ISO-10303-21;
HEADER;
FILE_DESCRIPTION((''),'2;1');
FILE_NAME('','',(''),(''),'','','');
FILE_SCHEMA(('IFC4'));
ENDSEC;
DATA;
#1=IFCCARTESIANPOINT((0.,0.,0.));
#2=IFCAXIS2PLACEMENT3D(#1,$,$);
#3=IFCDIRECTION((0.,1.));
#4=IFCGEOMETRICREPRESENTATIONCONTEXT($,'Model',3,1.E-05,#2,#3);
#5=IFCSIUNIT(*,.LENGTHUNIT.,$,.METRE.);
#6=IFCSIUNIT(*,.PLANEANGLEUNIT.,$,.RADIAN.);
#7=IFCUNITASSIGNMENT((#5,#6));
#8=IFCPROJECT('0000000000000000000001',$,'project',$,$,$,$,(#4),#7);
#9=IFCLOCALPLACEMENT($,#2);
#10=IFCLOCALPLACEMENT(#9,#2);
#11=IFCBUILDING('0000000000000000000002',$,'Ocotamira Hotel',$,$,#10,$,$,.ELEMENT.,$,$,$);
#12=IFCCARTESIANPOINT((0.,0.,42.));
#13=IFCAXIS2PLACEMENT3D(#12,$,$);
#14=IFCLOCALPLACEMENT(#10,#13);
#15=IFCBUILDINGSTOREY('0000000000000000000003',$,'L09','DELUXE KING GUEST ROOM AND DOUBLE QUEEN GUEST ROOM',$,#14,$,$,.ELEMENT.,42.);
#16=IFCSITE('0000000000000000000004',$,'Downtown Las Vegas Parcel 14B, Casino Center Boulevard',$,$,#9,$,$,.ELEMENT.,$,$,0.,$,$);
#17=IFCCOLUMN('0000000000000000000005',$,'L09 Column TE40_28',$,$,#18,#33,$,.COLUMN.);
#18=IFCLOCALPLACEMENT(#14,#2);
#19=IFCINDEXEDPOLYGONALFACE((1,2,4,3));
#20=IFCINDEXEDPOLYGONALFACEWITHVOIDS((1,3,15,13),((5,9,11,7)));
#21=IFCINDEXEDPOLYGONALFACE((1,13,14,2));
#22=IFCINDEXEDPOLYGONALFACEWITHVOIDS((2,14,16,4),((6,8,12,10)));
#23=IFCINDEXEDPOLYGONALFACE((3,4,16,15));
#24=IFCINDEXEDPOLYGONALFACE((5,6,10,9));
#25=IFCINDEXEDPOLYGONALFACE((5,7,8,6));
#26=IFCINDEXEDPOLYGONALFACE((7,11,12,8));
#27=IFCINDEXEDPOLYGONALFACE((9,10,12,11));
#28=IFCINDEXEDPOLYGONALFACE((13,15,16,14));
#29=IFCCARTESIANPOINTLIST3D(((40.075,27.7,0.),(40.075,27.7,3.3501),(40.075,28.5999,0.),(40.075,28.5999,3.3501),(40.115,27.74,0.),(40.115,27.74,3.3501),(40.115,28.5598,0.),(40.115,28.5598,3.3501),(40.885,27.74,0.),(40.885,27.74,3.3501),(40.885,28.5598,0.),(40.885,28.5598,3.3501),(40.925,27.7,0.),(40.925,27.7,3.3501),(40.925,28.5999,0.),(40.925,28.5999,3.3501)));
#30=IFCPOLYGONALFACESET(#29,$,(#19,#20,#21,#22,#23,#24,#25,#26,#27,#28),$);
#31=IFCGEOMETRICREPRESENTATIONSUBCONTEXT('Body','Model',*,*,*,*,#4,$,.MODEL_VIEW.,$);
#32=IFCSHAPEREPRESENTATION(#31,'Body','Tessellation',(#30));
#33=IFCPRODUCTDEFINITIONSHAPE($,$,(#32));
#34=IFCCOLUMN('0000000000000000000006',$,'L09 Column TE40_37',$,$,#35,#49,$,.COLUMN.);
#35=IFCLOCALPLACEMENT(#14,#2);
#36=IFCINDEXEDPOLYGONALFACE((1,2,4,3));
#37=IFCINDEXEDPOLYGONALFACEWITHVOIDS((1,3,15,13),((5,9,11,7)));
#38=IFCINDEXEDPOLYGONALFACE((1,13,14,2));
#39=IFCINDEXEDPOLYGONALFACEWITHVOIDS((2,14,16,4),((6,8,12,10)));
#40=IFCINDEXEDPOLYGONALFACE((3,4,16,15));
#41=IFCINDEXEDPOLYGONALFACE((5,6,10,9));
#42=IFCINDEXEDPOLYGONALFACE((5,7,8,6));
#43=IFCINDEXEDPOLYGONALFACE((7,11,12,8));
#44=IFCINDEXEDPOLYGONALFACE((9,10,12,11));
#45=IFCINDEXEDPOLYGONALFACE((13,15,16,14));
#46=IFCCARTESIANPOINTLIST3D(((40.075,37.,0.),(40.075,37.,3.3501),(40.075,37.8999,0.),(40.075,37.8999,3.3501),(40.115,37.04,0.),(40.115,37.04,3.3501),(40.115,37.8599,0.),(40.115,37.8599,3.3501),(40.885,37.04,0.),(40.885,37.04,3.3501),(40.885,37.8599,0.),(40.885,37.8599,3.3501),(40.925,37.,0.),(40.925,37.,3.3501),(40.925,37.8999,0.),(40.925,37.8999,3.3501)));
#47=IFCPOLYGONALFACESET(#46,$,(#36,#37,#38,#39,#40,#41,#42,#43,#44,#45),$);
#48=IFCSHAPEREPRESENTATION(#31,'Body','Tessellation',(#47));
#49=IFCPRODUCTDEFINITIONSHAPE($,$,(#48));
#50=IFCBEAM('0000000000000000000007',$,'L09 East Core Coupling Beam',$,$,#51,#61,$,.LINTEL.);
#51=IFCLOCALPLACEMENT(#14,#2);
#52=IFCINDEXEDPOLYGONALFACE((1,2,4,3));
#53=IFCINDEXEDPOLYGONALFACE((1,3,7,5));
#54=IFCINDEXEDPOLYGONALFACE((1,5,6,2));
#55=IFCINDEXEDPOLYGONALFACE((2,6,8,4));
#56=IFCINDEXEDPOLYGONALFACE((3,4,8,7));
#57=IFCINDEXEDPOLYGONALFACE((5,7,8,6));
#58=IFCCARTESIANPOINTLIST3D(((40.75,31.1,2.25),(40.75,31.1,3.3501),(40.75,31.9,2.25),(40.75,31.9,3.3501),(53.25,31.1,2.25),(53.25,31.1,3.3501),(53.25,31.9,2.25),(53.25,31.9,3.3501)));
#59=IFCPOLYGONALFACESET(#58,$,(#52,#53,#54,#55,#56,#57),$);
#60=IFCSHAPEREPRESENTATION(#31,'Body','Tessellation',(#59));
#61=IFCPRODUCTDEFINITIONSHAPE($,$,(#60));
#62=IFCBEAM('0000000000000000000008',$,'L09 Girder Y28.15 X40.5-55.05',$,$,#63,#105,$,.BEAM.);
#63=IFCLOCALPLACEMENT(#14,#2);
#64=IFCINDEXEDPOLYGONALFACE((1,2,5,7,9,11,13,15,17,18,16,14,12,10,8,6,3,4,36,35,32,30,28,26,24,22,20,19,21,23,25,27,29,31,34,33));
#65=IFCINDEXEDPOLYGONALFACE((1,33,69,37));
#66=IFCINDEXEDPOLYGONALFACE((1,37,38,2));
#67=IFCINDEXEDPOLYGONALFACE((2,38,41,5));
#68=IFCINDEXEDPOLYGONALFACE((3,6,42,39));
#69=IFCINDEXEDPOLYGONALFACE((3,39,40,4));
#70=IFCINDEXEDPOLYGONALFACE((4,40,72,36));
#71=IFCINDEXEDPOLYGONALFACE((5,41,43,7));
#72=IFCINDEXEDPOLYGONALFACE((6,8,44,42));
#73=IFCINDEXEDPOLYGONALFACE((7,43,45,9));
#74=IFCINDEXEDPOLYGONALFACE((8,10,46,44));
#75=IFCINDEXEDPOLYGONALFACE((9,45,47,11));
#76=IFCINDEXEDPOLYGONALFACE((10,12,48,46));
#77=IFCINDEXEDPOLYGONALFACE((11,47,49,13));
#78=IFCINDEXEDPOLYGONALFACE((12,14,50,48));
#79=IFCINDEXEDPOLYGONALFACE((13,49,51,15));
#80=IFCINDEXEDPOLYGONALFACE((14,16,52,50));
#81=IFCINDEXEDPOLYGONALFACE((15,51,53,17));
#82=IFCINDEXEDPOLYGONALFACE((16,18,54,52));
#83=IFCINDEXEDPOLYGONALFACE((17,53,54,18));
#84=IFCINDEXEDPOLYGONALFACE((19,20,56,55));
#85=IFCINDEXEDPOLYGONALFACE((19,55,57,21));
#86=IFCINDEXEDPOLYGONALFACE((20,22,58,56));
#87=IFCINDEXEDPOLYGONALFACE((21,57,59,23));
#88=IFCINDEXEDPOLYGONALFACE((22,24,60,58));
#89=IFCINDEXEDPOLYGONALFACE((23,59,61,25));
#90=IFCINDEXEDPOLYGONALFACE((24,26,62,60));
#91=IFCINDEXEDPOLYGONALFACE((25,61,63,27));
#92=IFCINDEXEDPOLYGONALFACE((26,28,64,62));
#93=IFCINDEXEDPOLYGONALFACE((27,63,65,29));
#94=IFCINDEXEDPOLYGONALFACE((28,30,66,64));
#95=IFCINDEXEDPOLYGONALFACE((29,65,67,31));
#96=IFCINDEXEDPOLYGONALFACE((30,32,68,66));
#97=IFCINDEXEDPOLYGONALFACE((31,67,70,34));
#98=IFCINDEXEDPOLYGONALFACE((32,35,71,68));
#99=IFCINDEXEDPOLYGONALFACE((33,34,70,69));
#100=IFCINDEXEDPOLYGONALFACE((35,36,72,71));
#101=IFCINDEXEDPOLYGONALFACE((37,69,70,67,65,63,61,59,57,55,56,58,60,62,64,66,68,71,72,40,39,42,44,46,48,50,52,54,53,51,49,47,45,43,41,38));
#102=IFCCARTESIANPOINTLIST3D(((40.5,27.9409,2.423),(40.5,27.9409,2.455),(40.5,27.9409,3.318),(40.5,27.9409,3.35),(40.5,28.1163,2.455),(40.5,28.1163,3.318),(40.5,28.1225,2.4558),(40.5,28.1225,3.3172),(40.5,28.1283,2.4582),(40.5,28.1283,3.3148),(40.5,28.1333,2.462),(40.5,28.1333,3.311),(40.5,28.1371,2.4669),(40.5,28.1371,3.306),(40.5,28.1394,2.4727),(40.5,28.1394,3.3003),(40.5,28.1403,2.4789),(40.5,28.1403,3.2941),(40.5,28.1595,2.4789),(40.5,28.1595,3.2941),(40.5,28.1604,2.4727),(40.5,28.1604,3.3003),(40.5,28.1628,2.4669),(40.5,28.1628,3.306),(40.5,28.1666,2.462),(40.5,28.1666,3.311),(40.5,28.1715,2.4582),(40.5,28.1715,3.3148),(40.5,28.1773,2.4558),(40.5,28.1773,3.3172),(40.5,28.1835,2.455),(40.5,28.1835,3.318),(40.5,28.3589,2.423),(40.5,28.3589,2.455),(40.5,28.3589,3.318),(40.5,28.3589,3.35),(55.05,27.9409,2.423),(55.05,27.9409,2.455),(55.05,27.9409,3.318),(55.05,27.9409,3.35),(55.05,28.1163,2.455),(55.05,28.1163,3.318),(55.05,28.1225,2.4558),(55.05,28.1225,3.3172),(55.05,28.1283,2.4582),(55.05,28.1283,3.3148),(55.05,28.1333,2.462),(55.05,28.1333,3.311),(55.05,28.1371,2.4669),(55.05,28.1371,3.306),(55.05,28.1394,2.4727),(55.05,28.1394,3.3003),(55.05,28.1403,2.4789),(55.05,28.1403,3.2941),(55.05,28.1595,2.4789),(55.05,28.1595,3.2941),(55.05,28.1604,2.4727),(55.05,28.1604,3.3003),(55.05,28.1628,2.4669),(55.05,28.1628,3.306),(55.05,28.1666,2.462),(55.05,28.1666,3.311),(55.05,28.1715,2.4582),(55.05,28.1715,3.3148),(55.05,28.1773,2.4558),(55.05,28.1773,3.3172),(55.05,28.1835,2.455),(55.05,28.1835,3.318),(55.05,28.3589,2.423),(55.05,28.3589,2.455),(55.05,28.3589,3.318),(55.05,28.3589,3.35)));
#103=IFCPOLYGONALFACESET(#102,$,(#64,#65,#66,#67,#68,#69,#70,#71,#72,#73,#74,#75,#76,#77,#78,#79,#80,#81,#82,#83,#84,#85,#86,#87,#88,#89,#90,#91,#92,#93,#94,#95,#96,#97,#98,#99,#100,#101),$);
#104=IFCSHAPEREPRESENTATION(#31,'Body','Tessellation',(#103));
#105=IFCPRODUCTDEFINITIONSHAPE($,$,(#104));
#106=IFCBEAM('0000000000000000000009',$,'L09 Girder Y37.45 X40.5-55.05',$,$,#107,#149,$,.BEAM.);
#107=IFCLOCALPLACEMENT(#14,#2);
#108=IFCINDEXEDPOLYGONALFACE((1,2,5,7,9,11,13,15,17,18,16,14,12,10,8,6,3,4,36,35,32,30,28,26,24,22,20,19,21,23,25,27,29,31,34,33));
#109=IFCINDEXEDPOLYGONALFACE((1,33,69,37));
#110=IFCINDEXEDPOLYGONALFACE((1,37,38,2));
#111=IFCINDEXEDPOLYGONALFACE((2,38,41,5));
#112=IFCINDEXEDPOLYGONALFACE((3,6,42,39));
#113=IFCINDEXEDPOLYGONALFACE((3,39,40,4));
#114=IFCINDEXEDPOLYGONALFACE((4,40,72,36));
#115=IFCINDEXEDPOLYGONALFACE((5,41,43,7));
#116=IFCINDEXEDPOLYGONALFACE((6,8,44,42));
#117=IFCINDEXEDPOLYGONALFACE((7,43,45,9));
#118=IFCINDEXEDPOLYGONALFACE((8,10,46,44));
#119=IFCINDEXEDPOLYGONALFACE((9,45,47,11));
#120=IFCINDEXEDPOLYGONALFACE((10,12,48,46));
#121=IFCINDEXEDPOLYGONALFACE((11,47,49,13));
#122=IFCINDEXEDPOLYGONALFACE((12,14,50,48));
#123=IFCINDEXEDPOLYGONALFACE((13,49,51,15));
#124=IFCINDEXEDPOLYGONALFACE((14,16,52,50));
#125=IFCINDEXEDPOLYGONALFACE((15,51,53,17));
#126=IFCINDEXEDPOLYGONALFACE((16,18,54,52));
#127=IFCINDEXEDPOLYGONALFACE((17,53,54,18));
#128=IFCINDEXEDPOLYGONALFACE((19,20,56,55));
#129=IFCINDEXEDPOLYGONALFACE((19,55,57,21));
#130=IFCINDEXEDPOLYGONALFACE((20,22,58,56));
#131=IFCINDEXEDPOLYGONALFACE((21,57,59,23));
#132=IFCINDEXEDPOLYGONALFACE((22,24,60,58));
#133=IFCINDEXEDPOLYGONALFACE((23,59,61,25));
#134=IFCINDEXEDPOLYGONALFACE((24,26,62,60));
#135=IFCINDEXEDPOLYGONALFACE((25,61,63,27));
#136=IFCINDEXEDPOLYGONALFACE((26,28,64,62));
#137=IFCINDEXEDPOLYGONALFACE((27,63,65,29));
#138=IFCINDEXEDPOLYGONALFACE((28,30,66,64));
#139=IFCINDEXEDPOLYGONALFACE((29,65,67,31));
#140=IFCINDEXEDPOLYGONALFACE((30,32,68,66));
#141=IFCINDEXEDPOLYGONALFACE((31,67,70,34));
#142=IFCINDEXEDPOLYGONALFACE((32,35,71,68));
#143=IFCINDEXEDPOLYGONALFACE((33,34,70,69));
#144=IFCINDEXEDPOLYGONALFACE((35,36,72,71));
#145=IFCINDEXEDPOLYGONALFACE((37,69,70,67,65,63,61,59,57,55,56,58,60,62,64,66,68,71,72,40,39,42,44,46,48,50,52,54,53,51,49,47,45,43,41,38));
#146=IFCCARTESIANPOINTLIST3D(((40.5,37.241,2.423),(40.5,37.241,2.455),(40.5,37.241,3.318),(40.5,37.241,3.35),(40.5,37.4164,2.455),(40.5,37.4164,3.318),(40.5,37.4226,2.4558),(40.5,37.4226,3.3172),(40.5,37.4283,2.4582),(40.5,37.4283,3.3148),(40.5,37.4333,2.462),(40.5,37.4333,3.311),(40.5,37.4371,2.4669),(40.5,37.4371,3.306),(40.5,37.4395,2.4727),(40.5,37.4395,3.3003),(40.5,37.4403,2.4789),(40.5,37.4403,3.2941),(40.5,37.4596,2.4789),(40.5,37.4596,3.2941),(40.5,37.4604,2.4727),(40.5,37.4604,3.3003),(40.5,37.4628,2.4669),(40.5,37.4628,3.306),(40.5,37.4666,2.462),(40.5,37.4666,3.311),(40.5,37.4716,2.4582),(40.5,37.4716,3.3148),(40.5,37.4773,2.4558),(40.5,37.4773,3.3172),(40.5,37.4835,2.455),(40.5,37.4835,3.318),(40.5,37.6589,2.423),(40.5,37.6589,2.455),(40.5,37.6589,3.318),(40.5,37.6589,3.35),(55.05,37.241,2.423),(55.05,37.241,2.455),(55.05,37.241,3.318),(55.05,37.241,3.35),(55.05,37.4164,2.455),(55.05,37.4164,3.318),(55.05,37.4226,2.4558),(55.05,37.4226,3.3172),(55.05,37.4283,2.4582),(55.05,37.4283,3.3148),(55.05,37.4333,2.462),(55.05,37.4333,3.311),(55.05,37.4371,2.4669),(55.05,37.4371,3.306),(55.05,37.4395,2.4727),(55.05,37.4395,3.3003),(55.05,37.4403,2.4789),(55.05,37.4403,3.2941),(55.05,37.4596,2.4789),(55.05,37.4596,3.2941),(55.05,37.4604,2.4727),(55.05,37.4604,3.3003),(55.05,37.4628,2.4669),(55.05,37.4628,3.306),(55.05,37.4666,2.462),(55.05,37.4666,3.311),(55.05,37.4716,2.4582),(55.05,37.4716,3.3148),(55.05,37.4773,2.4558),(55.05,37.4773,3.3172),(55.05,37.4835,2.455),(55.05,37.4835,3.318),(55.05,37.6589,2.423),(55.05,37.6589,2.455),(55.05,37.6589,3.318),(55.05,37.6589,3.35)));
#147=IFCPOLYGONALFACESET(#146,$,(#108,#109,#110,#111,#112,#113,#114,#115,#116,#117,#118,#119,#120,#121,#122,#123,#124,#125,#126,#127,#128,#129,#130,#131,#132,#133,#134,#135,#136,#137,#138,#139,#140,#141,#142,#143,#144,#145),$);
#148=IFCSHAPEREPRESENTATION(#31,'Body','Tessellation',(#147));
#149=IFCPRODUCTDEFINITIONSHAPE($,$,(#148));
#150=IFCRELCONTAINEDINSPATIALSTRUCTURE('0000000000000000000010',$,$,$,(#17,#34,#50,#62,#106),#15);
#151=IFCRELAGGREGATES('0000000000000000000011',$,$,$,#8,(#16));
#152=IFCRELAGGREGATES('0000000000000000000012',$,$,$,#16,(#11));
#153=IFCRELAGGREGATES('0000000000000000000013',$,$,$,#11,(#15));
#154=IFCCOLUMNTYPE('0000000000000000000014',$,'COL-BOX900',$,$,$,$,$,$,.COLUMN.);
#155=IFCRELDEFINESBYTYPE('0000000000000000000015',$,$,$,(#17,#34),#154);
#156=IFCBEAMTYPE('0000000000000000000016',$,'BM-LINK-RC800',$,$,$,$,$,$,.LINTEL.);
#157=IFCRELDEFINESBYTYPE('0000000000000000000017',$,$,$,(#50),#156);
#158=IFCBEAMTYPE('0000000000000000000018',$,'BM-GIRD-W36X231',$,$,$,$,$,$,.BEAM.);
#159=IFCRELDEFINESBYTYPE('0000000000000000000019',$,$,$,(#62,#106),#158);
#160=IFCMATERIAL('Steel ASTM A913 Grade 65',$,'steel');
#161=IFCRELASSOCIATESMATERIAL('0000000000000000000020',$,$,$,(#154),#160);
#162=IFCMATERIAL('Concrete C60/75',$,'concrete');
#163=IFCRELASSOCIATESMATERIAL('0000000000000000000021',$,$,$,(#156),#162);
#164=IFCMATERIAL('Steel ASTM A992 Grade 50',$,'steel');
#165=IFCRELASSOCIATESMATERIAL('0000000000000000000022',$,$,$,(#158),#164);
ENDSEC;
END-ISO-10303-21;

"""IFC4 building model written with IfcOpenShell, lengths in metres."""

from ifc_helpers import new_model, si_unit, direction, frame, origin, origin_2d, place, context, subcontext, project, spatial, rectangle, hollow_rectangle, i_section, extrude, source, transform, mapped, material, material_profile, profile_set, type_object, element, save


model = new_model("IFC4")

# Units and contexts
model_context = context("Model", 3, precision=1e-05, world=origin(), true_north=direction((0.0, 1.0)))
body_context = subcontext(model_context, "Body", "Model", "MODEL_VIEW")
ifc_project = project(units=[si_unit("LENGTHUNIT", "METRE"), si_unit("PLANEANGLEUNIT", "RADIAN")], contexts=[model_context])

# Site, building, storey
site_placement = place(None, origin())
site = spatial("IfcSite", under=ifc_project, at=site_placement, Name="Downtown Las Vegas Parcel 14B, Casino Center Boulevard", CompositionType="ELEMENT", RefElevation=0.0)
building_placement = place(site_placement, origin())
building = spatial("IfcBuilding", under=site, at=building_placement, Name="Ocotamira Hotel", CompositionType="ELEMENT")
storey_placement = place(building_placement, frame((0.0, 0.0, 42.0)))
storey = spatial("IfcBuildingStorey", under=building, at=storey_placement, Name="L09", Description="DELUXE KING GUEST ROOM AND DOUBLE QUEEN GUEST ROOM", CompositionType="ELEMENT", Elevation=42.0)

# Columns
ifc_material_1 = material(Name="Steel ASTM A913 Grade 65", Category="steel")
ifc_material_profile_1 = material_profile(ifc_material_1, hollow_rectangle(XDim=0.8501, YDim=0.8999, WallThickness=0.04, at=origin_2d()), Name="BOX900X850X40")
ifc_profile_set_1 = profile_set([ifc_material_profile_1], Name="Steel ASTM A913 Grade 65")
column_type = type_object("IfcColumnType", Name="COL-BOX900", PredefinedType="COLUMN", material=ifc_profile_set_1)
shared_shape_1 = source(origin(), body_context, "Body", "SweptSolid", [
    extrude(hollow_rectangle(XDim=0.8501, YDim=0.8999, WallThickness=0.04, at=origin_2d()), origin(), (0.0, 0.0, 1.0), 3.3501),
])
for number, where, z_axis, x_axis, name in (
    (1, (40.5, 28.1499, 0.0), (0.0, 0.0, 1.0), (1.0, 0.0, 0.0), "L09 Column TE40_28"),
    (2, (40.5, 37.45, 0.0), (0.0, 0.0, 1.0), (1.0, 0.0, 0.0), "L09 Column TE40_37"),
):
    element("IfcColumn", number, at=place(storey_placement, frame(where, z_axis=z_axis, x_axis=x_axis)), inside=storey, type_object=column_type, Name=name, PredefinedType="COLUMN", context=body_context, shape_type="MappedRepresentation", body=[
        mapped(shared_shape_1, transform((0.0, 0.0, 0.0), scale=1.0)),
    ])

# Beams
ifc_material_2 = material(Name="Concrete C60/75", Category="concrete")
ifc_material_profile_2 = material_profile(ifc_material_2, rectangle(XDim=0.8, YDim=1.1001, at=origin_2d()), Name="RC800X1100")
ifc_profile_set_2 = profile_set([ifc_material_profile_2], Name="Concrete C60/75")
beam_type_1 = type_object("IfcBeamType", Name="BM-LINK-RC800", PredefinedType="LINTEL", material=ifc_profile_set_2)
shared_shape_2 = source(origin(), body_context, "Body", "SweptSolid", [
    extrude(rectangle(XDim=0.8, YDim=1.1001, at=origin_2d()), origin(), (0.0, 0.0, 1.0), 12.5),
])
beam_1_placement = place(storey_placement, frame((40.75, 31.5, 2.8), z_axis=(1.0, 0.0, 0.0), x_axis=(0.0, 1.0, 0.0)))
element("IfcBeam", 3, at=beam_1_placement, inside=storey, type_object=beam_type_1, Name="L09 East Core Coupling Beam", PredefinedType="LINTEL", context=body_context, shape_type="MappedRepresentation", body=[
    mapped(shared_shape_2, transform((0.0, 0.0, 0.0), scale=1.0)),
])
ifc_material_3 = material(Name="Steel ASTM A992 Grade 50", Category="steel")
ifc_material_profile_3 = material_profile(ifc_material_3, i_section(OverallWidth=0.418, OverallDepth=0.927, WebThickness=0.0193, FlangeThickness=0.032, FilletRadius=0.0239, at=origin_2d()), Name="W36X231")
ifc_profile_set_3 = profile_set([ifc_material_profile_3], Name="Steel ASTM A992 Grade 50")
beam_type_2 = type_object("IfcBeamType", Name="BM-GIRD-W36X231", PredefinedType="BEAM", material=ifc_profile_set_3)
shared_shape_3 = source(origin(), body_context, "Body", "SweptSolid", [
    extrude(i_section(OverallWidth=0.418, OverallDepth=0.927, WebThickness=0.0193, FlangeThickness=0.032, FilletRadius=0.0239, at=origin_2d()), origin(), (0.0, 0.0, 1.0), 14.55),
])
for number, where, z_axis, x_axis, name in (
    (4, (40.5, 28.1499, 2.8865), (1.0, 0.0, 0.0), (0.0, 1.0, 0.0), "L09 Girder Y28.15 X40.5-55.05"),
    (5, (40.5, 37.45, 2.8865), (1.0, 0.0, 0.0), (0.0, 1.0, 0.0), "L09 Girder Y37.45 X40.5-55.05"),
):
    element("IfcBeam", number, at=place(storey_placement, frame(where, z_axis=z_axis, x_axis=x_axis)), inside=storey, type_object=beam_type_2, Name=name, PredefinedType="BEAM", context=body_context, shape_type="MappedRepresentation", body=[
        mapped(shared_shape_3, transform((0.0, 0.0, 0.0), scale=1.0)),
    ])

save(model, "model.ifc")
